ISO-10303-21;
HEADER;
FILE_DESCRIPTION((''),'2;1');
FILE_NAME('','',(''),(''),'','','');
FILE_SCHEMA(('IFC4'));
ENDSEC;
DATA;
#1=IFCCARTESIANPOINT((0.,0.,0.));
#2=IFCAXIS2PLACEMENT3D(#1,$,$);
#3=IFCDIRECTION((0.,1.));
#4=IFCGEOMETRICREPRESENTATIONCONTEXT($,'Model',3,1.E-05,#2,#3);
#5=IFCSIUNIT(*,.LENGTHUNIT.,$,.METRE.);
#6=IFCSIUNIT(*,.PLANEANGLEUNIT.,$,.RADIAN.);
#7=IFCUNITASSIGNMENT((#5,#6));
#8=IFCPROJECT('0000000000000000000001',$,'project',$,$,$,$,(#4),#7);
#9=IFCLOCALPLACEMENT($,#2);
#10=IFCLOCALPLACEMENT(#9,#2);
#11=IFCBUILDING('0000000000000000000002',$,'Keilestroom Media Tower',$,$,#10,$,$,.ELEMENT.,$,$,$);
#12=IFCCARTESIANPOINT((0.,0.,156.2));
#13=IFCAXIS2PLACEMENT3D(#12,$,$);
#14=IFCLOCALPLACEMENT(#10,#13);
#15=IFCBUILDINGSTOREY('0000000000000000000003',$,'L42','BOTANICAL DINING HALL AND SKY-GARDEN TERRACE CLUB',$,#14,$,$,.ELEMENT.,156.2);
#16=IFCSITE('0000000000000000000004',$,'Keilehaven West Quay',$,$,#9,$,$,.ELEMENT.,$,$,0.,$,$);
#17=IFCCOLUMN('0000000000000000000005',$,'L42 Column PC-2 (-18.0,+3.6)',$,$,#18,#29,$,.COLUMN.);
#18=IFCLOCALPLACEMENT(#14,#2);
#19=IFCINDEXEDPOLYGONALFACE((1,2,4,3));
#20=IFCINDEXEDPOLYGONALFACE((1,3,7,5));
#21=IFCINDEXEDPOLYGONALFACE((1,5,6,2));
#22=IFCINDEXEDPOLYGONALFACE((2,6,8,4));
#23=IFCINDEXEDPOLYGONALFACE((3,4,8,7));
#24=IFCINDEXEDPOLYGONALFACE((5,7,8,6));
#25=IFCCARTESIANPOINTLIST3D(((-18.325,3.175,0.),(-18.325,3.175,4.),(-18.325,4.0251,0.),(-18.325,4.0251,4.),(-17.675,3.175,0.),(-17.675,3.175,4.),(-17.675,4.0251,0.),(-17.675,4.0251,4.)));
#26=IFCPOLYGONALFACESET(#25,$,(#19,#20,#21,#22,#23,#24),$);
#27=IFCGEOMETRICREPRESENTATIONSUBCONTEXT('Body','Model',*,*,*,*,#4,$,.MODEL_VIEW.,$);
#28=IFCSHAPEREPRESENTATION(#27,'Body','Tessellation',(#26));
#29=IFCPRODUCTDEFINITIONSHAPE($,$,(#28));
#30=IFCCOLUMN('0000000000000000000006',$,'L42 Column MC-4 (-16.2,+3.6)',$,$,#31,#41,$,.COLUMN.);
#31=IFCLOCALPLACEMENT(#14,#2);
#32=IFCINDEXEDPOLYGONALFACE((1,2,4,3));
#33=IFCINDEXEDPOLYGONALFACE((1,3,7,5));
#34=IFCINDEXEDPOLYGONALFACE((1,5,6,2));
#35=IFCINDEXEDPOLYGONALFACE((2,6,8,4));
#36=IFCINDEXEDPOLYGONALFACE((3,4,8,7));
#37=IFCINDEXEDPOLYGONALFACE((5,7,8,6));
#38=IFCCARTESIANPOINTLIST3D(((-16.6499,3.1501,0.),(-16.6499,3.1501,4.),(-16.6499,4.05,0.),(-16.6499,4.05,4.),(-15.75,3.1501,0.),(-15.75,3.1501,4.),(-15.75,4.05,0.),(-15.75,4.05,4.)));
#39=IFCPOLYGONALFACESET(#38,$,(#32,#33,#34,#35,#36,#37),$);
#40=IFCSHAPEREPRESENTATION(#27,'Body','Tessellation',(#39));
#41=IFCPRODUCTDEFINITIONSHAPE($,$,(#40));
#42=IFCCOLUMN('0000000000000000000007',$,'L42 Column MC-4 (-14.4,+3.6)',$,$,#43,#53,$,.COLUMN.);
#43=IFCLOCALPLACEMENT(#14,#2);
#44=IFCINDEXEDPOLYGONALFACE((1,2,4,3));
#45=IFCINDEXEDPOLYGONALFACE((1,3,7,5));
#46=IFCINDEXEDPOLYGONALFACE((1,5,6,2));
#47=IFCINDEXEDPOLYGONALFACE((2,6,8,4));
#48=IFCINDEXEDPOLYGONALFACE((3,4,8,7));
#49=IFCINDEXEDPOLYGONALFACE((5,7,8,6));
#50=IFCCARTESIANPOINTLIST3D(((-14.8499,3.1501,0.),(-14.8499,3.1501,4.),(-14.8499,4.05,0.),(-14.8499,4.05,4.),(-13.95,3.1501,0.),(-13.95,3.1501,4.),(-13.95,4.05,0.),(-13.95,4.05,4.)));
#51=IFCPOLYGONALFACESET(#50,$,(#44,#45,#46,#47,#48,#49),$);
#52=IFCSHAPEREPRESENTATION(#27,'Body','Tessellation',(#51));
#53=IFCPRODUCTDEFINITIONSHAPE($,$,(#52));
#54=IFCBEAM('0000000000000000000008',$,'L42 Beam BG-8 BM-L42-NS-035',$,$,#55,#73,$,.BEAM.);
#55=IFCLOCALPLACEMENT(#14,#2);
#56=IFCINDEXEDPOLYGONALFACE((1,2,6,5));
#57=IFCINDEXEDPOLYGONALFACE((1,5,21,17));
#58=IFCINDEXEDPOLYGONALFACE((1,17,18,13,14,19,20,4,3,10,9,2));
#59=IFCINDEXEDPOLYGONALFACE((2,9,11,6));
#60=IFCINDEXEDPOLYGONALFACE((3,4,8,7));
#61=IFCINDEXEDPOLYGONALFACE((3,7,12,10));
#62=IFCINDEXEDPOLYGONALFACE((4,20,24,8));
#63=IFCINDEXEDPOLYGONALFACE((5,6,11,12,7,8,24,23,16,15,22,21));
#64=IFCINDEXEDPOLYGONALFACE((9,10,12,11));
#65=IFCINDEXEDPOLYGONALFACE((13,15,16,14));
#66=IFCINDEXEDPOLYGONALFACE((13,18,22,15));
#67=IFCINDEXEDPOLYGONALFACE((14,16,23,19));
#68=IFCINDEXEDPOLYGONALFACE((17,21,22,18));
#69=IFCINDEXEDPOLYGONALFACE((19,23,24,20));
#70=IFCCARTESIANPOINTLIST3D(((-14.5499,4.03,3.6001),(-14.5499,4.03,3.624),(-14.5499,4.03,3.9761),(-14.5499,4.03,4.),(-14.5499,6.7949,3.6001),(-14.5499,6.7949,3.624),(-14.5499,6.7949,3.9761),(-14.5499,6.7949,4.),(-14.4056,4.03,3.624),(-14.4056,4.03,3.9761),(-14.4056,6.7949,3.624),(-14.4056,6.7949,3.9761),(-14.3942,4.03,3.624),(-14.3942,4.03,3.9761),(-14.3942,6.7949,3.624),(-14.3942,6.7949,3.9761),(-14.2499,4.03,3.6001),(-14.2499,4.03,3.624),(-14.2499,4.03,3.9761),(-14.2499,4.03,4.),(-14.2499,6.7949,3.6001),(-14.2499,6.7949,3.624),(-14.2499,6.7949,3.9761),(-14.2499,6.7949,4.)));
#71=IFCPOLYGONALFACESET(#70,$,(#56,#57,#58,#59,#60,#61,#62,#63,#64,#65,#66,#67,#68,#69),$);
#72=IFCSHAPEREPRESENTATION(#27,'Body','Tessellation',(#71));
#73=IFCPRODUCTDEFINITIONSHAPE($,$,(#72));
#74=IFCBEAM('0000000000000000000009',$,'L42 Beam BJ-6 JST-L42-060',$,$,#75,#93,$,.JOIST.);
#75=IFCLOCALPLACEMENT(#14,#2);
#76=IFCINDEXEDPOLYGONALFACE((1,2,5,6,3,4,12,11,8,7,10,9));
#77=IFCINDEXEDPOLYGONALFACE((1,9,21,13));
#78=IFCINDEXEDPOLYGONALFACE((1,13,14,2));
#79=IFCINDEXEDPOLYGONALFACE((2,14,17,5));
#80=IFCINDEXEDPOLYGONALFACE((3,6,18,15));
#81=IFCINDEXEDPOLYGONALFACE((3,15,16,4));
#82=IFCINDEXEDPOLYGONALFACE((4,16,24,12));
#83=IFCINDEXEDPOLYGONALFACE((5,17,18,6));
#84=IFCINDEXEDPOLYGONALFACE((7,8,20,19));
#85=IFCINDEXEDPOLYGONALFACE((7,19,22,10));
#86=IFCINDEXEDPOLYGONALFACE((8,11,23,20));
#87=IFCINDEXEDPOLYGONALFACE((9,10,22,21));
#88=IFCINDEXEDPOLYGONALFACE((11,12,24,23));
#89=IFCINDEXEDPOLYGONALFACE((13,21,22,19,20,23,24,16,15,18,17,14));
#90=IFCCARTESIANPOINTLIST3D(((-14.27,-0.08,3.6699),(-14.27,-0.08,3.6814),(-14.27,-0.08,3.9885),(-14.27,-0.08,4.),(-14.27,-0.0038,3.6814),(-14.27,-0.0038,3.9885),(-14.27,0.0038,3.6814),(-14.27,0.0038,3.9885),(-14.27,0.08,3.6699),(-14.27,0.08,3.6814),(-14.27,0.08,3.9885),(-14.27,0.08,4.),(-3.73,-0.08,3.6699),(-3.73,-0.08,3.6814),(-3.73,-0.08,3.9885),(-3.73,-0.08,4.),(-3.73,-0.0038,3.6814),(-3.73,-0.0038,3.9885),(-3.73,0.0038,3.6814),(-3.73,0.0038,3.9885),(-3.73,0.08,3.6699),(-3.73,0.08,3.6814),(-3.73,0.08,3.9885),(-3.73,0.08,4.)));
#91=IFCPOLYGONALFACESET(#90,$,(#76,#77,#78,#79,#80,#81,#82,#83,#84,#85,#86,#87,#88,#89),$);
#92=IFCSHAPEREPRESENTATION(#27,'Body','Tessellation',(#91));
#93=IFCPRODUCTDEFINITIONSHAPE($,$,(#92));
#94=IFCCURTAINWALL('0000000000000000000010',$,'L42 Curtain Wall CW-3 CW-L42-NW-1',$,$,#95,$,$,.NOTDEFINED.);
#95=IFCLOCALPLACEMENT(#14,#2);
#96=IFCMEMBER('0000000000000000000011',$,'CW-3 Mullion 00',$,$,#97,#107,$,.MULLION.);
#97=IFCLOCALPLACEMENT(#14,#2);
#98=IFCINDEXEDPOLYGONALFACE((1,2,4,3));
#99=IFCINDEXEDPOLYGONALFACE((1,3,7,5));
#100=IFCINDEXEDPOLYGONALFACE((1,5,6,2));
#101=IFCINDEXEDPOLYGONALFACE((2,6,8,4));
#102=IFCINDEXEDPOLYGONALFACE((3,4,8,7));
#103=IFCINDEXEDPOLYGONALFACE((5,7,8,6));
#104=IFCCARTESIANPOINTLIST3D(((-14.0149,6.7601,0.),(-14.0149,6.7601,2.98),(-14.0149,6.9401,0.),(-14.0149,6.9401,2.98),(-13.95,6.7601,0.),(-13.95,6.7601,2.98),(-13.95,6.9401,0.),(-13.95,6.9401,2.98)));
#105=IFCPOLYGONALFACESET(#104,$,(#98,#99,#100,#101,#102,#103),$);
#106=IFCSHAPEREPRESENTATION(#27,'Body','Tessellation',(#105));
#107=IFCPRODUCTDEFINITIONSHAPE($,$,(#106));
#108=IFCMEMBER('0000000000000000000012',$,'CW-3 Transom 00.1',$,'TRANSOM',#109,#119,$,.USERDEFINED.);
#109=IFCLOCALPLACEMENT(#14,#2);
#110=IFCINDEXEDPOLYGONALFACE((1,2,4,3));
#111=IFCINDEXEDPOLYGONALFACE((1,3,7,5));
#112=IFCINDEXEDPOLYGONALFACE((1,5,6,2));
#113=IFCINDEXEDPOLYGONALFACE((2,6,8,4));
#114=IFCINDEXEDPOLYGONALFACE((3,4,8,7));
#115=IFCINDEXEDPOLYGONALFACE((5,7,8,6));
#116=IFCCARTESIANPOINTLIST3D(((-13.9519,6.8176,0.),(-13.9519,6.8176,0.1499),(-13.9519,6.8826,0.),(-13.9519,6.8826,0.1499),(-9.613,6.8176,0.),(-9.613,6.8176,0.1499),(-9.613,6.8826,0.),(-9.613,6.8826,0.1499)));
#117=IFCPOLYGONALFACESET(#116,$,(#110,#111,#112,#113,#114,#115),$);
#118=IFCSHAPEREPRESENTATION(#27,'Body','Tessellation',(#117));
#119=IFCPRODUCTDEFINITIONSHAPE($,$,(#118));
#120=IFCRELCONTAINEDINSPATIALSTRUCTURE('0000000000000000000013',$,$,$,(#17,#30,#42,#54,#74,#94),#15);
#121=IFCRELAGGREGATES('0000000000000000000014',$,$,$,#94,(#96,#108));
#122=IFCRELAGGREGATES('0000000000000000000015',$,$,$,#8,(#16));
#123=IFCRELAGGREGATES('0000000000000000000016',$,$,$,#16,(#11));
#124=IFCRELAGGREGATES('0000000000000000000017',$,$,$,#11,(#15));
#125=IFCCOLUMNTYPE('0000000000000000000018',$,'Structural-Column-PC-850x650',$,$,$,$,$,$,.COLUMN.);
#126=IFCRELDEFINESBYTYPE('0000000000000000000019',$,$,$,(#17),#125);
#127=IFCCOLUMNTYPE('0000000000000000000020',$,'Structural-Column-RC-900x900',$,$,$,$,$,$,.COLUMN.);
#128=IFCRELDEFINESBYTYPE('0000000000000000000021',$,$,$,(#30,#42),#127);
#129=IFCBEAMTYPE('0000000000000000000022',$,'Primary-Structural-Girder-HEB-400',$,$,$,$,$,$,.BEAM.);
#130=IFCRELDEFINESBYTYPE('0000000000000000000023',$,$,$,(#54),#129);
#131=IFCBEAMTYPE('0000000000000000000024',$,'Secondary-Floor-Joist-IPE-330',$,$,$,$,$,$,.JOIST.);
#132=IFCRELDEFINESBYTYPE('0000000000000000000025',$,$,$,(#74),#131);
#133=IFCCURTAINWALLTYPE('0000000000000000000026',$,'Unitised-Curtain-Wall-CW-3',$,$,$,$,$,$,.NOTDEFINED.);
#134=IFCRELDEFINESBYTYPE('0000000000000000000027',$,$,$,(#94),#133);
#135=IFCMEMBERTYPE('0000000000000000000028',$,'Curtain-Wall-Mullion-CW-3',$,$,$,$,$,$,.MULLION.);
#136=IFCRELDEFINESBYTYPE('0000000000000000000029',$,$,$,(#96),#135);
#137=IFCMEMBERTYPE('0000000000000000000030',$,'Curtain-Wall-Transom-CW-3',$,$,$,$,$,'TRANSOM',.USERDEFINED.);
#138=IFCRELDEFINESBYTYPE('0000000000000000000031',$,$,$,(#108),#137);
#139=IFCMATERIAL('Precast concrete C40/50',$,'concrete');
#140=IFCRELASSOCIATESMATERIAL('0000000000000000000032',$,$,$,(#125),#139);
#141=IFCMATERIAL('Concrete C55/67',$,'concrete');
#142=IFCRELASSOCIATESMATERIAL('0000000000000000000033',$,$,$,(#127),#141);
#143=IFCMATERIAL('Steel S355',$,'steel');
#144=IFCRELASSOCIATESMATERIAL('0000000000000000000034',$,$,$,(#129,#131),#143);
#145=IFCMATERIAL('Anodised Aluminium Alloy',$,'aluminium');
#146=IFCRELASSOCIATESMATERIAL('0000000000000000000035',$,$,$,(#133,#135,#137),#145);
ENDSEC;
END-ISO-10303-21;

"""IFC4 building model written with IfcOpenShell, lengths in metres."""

from ifc_helpers import new_model, si_unit, direction, frame, origin, origin_2d, place, context, subcontext, project, spatial, rectangle, i_section, extrude, source, transform, mapped, material, material_profile, profile_set, type_object, element, aggregate, save


model = new_model("IFC4")

# Units and contexts
model_context = context("Model", 3, precision=1e-05, world=origin(), true_north=direction((0.0, 1.0)))
body_context = subcontext(model_context, "Body", "Model", "MODEL_VIEW")
ifc_project = project(units=[si_unit("LENGTHUNIT", "METRE"), si_unit("PLANEANGLEUNIT", "RADIAN")], contexts=[model_context])

# Site, building, storey
site_placement = place(None, origin())
site = spatial("IfcSite", under=ifc_project, at=site_placement, Name="Keilehaven West Quay", CompositionType="ELEMENT", RefElevation=0.0)
building_placement = place(site_placement, origin())
building = spatial("IfcBuilding", under=site, at=building_placement, Name="Keilestroom Media Tower", CompositionType="ELEMENT")
storey_placement = place(building_placement, frame((0.0, 0.0, 156.2)))
storey = spatial("IfcBuildingStorey", under=building, at=storey_placement, Name="L42", Description="BOTANICAL DINING HALL AND SKY-GARDEN TERRACE CLUB", CompositionType="ELEMENT", Elevation=156.2)

# Columns
ifc_material_1 = material(Name="Precast concrete C40/50", Category="concrete")
ifc_material_profile_1 = material_profile(ifc_material_1, rectangle(XDim=0.6499, YDim=0.8501, at=origin_2d()), Name="PC 850x650")
ifc_profile_set_1 = profile_set([ifc_material_profile_1], Name="Precast concrete C40/50")
column_type_1 = type_object("IfcColumnType", Name="Structural-Column-PC-850x650", PredefinedType="COLUMN", material=ifc_profile_set_1)
shared_shape_1 = source(origin(), body_context, "Body", "SweptSolid", [
    extrude(rectangle(XDim=0.6499, YDim=0.8501, at=origin_2d()), origin(), (0.0, 0.0, 1.0), 4.0),
])
column_placement = place(storey_placement, frame((-18.0, 3.6001, 0.0), z_axis=(0.0, 0.0, 1.0), x_axis=(1.0, 0.0, 0.0)))
element("IfcColumn", 1, at=column_placement, inside=storey, type_object=column_type_1, Name="L42 Column PC-2 (-18.0,+3.6)", PredefinedType="COLUMN", context=body_context, shape_type="MappedRepresentation", body=[
    mapped(shared_shape_1, transform((0.0, 0.0, 0.0), x_axis=(1.0, 0.0, 0.0), y_axis=(0.0, 1.0, 0.0), z_axis=(0.0, 0.0, 1.0), scale=1.0)),
])
ifc_material_2 = material(Name="Concrete C55/67", Category="concrete")
ifc_material_profile_2 = material_profile(ifc_material_2, rectangle(XDim=0.8999, YDim=0.8999, at=origin_2d()), Name="RC 900x900")
ifc_profile_set_2 = profile_set([ifc_material_profile_2], Name="Concrete C55/67")
column_type_2 = type_object("IfcColumnType", Name="Structural-Column-RC-900x900", PredefinedType="COLUMN", material=ifc_profile_set_2)
shared_shape_2 = source(origin(), body_context, "Body", "SweptSolid", [
    extrude(rectangle(XDim=0.8999, YDim=0.8999, at=origin_2d()), origin(), (0.0, 0.0, 1.0), 4.0),
])
for number, where, z_axis, x_axis, name in (
    (2, (-16.2, 3.6001, 0.0), (0.0, 0.0, 1.0), (1.0, 0.0, 0.0), "L42 Column MC-4 (-16.2,+3.6)"),
    (3, (-14.3999, 3.6001, 0.0), (0.0, 0.0, 1.0), (1.0, 0.0, 0.0), "L42 Column MC-4 (-14.4,+3.6)"),
):
    element("IfcColumn", number, at=place(storey_placement, frame(where, z_axis=z_axis, x_axis=x_axis)), inside=storey, type_object=column_type_2, Name=name, PredefinedType="COLUMN", context=body_context, shape_type="MappedRepresentation", body=[
        mapped(shared_shape_2, transform((0.0, 0.0, 0.0), x_axis=(1.0, 0.0, 0.0), y_axis=(0.0, 1.0, 0.0), z_axis=(0.0, 0.0, 1.0), scale=1.0)),
    ])

# Beams
ifc_material_3 = material(Name="Steel S355", Category="steel")
ifc_material_profile_3 = material_profile(ifc_material_3, i_section(OverallWidth=0.3, OverallDepth=0.3999, WebThickness=0.0115, FlangeThickness=0.0239, at=origin_2d()), Name="HEB 400")
ifc_profile_set_3 = profile_set([ifc_material_profile_3], Name="Steel S355")
beam_type_1 = type_object("IfcBeamType", Name="Primary-Structural-Girder-HEB-400", PredefinedType="BEAM", material=ifc_profile_set_3)
shared_shape_3 = source(origin(), body_context, "Body", "SweptSolid", [
    extrude(i_section(OverallWidth=0.3, OverallDepth=0.3999, WebThickness=0.0115, FlangeThickness=0.0239, at=origin_2d()), origin(), (0.0, 0.0, 1.0), 2.7649),
])
beam_1_placement = place(storey_placement, frame((-14.3999, 4.03, 3.8), z_axis=(0.0, 1.0, 0.0), x_axis=(-1.0, 0.0, 0.0)))
element("IfcBeam", 4, at=beam_1_placement, inside=storey, type_object=beam_type_1, Name="L42 Beam BG-8 BM-L42-NS-035", PredefinedType="BEAM", context=body_context, shape_type="MappedRepresentation", body=[
    mapped(shared_shape_3, transform((0.0, 0.0, 0.0), x_axis=(1.0, 0.0, 0.0), y_axis=(0.0, 1.0, 0.0), z_axis=(0.0, 0.0, 1.0), scale=1.0)),
])
ifc_material_profile_4 = material_profile(ifc_material_3, i_section(OverallWidth=0.1599, OverallDepth=0.3301, WebThickness=0.0076, FlangeThickness=0.0115, at=origin_2d()), Name="IPE 330")
ifc_profile_set_4 = profile_set([ifc_material_profile_4], Name="Steel S355")
beam_type_2 = type_object("IfcBeamType", Name="Secondary-Floor-Joist-IPE-330", PredefinedType="JOIST", material=ifc_profile_set_4)
shared_shape_4 = source(origin(), body_context, "Body", "SweptSolid", [
    extrude(i_section(OverallWidth=0.1599, OverallDepth=0.3301, WebThickness=0.0076, FlangeThickness=0.0115, at=origin_2d()), origin(), (0.0, 0.0, 1.0), 10.54),
])
beam_2_placement = place(storey_placement, frame((-14.27, 0.0, 3.835), z_axis=(1.0, 0.0, 0.0), x_axis=(0.0, 1.0, 0.0)))
element("IfcBeam", 5, at=beam_2_placement, inside=storey, type_object=beam_type_2, Name="L42 Beam BJ-6 JST-L42-060", PredefinedType="JOIST", context=body_context, shape_type="MappedRepresentation", body=[
    mapped(shared_shape_4, transform((0.0, 0.0, 0.0), x_axis=(1.0, 0.0, 0.0), y_axis=(0.0, 1.0, 0.0), z_axis=(0.0, 0.0, 1.0), scale=1.0)),
])

# Curtain wall, members
ifc_material_4 = material(Name="Anodised Aluminium Alloy", Category="aluminium")
curtain_wall_type = type_object("IfcCurtainWallType", Name="Unitised-Curtain-Wall-CW-3", PredefinedType="NOTDEFINED", material=ifc_material_4)
curtain_wall_placement = place(storey_placement, origin())
curtain_wall = element("IfcCurtainWall", 6, at=curtain_wall_placement, inside=storey, type_object=curtain_wall_type, Name="L42 Curtain Wall CW-3 CW-L42-NW-1", PredefinedType="NOTDEFINED")
ifc_material_profile_5 = material_profile(ifc_material_4, rectangle(XDim=0.0649, YDim=0.1799, at=origin_2d()), Name="ALU MULLION 65x180")
ifc_profile_set_5 = profile_set([ifc_material_profile_5], Name="Anodised Aluminium Alloy")
member_type_1 = type_object("IfcMemberType", Name="Curtain-Wall-Mullion-CW-3", PredefinedType="MULLION", material=ifc_profile_set_5)
shared_shape_5 = source(origin(), body_context, "Body", "SweptSolid", [
    extrude(rectangle(XDim=0.0649, YDim=0.1799, at=origin_2d()), origin(), (0.0, 0.0, 1.0), 2.98),
])
member_1_placement = place(storey_placement, frame((-13.9824, 6.8501, 0.0), z_axis=(0.0, 0.0, 1.0), x_axis=(1.0, 0.0, 0.0)))
member_1 = element("IfcMember", 7, at=member_1_placement, type_object=member_type_1, Name="CW-3 Mullion 00", PredefinedType="MULLION", context=body_context, shape_type="MappedRepresentation", body=[
    mapped(shared_shape_5, transform((0.0, 0.0, 0.0), x_axis=(1.0, 0.0, 0.0), y_axis=(0.0, 1.0, 0.0), z_axis=(0.0, 0.0, 1.0), scale=1.0)),
])
ifc_material_profile_6 = material_profile(ifc_material_4, rectangle(XDim=0.0649, YDim=0.1499, at=origin_2d()), Name="ALU TRANSOM 65x150")
ifc_profile_set_6 = profile_set([ifc_material_profile_6], Name="Anodised Aluminium Alloy")
member_type_2 = type_object("IfcMemberType", Name="Curtain-Wall-Transom-CW-3", ElementType="TRANSOM", PredefinedType="USERDEFINED", material=ifc_profile_set_6)
shared_shape_6 = source(origin(), body_context, "Body", "SweptSolid", [
    extrude(rectangle(XDim=0.0649, YDim=0.1499, at=origin_2d()), origin(), (0.0, 0.0, 1.0), 4.3389),
])
member_2_placement = place(storey_placement, frame((-13.9519, 6.8501, 0.075), z_axis=(1.0, 0.0, 0.0), x_axis=(0.0, 1.0, 0.0)))
member_2 = element("IfcMember", 8, at=member_2_placement, type_object=member_type_2, Name="CW-3 Transom 00.1", ObjectType="TRANSOM", PredefinedType="USERDEFINED", context=body_context, shape_type="MappedRepresentation", body=[
    mapped(shared_shape_6, transform((0.0, 0.0, 0.0), x_axis=(1.0, 0.0, 0.0), y_axis=(0.0, 1.0, 0.0), z_axis=(0.0, 0.0, 1.0), scale=1.0)),
])
aggregate(curtain_wall, [member_1, member_2])

save(model, "model.ifc")
